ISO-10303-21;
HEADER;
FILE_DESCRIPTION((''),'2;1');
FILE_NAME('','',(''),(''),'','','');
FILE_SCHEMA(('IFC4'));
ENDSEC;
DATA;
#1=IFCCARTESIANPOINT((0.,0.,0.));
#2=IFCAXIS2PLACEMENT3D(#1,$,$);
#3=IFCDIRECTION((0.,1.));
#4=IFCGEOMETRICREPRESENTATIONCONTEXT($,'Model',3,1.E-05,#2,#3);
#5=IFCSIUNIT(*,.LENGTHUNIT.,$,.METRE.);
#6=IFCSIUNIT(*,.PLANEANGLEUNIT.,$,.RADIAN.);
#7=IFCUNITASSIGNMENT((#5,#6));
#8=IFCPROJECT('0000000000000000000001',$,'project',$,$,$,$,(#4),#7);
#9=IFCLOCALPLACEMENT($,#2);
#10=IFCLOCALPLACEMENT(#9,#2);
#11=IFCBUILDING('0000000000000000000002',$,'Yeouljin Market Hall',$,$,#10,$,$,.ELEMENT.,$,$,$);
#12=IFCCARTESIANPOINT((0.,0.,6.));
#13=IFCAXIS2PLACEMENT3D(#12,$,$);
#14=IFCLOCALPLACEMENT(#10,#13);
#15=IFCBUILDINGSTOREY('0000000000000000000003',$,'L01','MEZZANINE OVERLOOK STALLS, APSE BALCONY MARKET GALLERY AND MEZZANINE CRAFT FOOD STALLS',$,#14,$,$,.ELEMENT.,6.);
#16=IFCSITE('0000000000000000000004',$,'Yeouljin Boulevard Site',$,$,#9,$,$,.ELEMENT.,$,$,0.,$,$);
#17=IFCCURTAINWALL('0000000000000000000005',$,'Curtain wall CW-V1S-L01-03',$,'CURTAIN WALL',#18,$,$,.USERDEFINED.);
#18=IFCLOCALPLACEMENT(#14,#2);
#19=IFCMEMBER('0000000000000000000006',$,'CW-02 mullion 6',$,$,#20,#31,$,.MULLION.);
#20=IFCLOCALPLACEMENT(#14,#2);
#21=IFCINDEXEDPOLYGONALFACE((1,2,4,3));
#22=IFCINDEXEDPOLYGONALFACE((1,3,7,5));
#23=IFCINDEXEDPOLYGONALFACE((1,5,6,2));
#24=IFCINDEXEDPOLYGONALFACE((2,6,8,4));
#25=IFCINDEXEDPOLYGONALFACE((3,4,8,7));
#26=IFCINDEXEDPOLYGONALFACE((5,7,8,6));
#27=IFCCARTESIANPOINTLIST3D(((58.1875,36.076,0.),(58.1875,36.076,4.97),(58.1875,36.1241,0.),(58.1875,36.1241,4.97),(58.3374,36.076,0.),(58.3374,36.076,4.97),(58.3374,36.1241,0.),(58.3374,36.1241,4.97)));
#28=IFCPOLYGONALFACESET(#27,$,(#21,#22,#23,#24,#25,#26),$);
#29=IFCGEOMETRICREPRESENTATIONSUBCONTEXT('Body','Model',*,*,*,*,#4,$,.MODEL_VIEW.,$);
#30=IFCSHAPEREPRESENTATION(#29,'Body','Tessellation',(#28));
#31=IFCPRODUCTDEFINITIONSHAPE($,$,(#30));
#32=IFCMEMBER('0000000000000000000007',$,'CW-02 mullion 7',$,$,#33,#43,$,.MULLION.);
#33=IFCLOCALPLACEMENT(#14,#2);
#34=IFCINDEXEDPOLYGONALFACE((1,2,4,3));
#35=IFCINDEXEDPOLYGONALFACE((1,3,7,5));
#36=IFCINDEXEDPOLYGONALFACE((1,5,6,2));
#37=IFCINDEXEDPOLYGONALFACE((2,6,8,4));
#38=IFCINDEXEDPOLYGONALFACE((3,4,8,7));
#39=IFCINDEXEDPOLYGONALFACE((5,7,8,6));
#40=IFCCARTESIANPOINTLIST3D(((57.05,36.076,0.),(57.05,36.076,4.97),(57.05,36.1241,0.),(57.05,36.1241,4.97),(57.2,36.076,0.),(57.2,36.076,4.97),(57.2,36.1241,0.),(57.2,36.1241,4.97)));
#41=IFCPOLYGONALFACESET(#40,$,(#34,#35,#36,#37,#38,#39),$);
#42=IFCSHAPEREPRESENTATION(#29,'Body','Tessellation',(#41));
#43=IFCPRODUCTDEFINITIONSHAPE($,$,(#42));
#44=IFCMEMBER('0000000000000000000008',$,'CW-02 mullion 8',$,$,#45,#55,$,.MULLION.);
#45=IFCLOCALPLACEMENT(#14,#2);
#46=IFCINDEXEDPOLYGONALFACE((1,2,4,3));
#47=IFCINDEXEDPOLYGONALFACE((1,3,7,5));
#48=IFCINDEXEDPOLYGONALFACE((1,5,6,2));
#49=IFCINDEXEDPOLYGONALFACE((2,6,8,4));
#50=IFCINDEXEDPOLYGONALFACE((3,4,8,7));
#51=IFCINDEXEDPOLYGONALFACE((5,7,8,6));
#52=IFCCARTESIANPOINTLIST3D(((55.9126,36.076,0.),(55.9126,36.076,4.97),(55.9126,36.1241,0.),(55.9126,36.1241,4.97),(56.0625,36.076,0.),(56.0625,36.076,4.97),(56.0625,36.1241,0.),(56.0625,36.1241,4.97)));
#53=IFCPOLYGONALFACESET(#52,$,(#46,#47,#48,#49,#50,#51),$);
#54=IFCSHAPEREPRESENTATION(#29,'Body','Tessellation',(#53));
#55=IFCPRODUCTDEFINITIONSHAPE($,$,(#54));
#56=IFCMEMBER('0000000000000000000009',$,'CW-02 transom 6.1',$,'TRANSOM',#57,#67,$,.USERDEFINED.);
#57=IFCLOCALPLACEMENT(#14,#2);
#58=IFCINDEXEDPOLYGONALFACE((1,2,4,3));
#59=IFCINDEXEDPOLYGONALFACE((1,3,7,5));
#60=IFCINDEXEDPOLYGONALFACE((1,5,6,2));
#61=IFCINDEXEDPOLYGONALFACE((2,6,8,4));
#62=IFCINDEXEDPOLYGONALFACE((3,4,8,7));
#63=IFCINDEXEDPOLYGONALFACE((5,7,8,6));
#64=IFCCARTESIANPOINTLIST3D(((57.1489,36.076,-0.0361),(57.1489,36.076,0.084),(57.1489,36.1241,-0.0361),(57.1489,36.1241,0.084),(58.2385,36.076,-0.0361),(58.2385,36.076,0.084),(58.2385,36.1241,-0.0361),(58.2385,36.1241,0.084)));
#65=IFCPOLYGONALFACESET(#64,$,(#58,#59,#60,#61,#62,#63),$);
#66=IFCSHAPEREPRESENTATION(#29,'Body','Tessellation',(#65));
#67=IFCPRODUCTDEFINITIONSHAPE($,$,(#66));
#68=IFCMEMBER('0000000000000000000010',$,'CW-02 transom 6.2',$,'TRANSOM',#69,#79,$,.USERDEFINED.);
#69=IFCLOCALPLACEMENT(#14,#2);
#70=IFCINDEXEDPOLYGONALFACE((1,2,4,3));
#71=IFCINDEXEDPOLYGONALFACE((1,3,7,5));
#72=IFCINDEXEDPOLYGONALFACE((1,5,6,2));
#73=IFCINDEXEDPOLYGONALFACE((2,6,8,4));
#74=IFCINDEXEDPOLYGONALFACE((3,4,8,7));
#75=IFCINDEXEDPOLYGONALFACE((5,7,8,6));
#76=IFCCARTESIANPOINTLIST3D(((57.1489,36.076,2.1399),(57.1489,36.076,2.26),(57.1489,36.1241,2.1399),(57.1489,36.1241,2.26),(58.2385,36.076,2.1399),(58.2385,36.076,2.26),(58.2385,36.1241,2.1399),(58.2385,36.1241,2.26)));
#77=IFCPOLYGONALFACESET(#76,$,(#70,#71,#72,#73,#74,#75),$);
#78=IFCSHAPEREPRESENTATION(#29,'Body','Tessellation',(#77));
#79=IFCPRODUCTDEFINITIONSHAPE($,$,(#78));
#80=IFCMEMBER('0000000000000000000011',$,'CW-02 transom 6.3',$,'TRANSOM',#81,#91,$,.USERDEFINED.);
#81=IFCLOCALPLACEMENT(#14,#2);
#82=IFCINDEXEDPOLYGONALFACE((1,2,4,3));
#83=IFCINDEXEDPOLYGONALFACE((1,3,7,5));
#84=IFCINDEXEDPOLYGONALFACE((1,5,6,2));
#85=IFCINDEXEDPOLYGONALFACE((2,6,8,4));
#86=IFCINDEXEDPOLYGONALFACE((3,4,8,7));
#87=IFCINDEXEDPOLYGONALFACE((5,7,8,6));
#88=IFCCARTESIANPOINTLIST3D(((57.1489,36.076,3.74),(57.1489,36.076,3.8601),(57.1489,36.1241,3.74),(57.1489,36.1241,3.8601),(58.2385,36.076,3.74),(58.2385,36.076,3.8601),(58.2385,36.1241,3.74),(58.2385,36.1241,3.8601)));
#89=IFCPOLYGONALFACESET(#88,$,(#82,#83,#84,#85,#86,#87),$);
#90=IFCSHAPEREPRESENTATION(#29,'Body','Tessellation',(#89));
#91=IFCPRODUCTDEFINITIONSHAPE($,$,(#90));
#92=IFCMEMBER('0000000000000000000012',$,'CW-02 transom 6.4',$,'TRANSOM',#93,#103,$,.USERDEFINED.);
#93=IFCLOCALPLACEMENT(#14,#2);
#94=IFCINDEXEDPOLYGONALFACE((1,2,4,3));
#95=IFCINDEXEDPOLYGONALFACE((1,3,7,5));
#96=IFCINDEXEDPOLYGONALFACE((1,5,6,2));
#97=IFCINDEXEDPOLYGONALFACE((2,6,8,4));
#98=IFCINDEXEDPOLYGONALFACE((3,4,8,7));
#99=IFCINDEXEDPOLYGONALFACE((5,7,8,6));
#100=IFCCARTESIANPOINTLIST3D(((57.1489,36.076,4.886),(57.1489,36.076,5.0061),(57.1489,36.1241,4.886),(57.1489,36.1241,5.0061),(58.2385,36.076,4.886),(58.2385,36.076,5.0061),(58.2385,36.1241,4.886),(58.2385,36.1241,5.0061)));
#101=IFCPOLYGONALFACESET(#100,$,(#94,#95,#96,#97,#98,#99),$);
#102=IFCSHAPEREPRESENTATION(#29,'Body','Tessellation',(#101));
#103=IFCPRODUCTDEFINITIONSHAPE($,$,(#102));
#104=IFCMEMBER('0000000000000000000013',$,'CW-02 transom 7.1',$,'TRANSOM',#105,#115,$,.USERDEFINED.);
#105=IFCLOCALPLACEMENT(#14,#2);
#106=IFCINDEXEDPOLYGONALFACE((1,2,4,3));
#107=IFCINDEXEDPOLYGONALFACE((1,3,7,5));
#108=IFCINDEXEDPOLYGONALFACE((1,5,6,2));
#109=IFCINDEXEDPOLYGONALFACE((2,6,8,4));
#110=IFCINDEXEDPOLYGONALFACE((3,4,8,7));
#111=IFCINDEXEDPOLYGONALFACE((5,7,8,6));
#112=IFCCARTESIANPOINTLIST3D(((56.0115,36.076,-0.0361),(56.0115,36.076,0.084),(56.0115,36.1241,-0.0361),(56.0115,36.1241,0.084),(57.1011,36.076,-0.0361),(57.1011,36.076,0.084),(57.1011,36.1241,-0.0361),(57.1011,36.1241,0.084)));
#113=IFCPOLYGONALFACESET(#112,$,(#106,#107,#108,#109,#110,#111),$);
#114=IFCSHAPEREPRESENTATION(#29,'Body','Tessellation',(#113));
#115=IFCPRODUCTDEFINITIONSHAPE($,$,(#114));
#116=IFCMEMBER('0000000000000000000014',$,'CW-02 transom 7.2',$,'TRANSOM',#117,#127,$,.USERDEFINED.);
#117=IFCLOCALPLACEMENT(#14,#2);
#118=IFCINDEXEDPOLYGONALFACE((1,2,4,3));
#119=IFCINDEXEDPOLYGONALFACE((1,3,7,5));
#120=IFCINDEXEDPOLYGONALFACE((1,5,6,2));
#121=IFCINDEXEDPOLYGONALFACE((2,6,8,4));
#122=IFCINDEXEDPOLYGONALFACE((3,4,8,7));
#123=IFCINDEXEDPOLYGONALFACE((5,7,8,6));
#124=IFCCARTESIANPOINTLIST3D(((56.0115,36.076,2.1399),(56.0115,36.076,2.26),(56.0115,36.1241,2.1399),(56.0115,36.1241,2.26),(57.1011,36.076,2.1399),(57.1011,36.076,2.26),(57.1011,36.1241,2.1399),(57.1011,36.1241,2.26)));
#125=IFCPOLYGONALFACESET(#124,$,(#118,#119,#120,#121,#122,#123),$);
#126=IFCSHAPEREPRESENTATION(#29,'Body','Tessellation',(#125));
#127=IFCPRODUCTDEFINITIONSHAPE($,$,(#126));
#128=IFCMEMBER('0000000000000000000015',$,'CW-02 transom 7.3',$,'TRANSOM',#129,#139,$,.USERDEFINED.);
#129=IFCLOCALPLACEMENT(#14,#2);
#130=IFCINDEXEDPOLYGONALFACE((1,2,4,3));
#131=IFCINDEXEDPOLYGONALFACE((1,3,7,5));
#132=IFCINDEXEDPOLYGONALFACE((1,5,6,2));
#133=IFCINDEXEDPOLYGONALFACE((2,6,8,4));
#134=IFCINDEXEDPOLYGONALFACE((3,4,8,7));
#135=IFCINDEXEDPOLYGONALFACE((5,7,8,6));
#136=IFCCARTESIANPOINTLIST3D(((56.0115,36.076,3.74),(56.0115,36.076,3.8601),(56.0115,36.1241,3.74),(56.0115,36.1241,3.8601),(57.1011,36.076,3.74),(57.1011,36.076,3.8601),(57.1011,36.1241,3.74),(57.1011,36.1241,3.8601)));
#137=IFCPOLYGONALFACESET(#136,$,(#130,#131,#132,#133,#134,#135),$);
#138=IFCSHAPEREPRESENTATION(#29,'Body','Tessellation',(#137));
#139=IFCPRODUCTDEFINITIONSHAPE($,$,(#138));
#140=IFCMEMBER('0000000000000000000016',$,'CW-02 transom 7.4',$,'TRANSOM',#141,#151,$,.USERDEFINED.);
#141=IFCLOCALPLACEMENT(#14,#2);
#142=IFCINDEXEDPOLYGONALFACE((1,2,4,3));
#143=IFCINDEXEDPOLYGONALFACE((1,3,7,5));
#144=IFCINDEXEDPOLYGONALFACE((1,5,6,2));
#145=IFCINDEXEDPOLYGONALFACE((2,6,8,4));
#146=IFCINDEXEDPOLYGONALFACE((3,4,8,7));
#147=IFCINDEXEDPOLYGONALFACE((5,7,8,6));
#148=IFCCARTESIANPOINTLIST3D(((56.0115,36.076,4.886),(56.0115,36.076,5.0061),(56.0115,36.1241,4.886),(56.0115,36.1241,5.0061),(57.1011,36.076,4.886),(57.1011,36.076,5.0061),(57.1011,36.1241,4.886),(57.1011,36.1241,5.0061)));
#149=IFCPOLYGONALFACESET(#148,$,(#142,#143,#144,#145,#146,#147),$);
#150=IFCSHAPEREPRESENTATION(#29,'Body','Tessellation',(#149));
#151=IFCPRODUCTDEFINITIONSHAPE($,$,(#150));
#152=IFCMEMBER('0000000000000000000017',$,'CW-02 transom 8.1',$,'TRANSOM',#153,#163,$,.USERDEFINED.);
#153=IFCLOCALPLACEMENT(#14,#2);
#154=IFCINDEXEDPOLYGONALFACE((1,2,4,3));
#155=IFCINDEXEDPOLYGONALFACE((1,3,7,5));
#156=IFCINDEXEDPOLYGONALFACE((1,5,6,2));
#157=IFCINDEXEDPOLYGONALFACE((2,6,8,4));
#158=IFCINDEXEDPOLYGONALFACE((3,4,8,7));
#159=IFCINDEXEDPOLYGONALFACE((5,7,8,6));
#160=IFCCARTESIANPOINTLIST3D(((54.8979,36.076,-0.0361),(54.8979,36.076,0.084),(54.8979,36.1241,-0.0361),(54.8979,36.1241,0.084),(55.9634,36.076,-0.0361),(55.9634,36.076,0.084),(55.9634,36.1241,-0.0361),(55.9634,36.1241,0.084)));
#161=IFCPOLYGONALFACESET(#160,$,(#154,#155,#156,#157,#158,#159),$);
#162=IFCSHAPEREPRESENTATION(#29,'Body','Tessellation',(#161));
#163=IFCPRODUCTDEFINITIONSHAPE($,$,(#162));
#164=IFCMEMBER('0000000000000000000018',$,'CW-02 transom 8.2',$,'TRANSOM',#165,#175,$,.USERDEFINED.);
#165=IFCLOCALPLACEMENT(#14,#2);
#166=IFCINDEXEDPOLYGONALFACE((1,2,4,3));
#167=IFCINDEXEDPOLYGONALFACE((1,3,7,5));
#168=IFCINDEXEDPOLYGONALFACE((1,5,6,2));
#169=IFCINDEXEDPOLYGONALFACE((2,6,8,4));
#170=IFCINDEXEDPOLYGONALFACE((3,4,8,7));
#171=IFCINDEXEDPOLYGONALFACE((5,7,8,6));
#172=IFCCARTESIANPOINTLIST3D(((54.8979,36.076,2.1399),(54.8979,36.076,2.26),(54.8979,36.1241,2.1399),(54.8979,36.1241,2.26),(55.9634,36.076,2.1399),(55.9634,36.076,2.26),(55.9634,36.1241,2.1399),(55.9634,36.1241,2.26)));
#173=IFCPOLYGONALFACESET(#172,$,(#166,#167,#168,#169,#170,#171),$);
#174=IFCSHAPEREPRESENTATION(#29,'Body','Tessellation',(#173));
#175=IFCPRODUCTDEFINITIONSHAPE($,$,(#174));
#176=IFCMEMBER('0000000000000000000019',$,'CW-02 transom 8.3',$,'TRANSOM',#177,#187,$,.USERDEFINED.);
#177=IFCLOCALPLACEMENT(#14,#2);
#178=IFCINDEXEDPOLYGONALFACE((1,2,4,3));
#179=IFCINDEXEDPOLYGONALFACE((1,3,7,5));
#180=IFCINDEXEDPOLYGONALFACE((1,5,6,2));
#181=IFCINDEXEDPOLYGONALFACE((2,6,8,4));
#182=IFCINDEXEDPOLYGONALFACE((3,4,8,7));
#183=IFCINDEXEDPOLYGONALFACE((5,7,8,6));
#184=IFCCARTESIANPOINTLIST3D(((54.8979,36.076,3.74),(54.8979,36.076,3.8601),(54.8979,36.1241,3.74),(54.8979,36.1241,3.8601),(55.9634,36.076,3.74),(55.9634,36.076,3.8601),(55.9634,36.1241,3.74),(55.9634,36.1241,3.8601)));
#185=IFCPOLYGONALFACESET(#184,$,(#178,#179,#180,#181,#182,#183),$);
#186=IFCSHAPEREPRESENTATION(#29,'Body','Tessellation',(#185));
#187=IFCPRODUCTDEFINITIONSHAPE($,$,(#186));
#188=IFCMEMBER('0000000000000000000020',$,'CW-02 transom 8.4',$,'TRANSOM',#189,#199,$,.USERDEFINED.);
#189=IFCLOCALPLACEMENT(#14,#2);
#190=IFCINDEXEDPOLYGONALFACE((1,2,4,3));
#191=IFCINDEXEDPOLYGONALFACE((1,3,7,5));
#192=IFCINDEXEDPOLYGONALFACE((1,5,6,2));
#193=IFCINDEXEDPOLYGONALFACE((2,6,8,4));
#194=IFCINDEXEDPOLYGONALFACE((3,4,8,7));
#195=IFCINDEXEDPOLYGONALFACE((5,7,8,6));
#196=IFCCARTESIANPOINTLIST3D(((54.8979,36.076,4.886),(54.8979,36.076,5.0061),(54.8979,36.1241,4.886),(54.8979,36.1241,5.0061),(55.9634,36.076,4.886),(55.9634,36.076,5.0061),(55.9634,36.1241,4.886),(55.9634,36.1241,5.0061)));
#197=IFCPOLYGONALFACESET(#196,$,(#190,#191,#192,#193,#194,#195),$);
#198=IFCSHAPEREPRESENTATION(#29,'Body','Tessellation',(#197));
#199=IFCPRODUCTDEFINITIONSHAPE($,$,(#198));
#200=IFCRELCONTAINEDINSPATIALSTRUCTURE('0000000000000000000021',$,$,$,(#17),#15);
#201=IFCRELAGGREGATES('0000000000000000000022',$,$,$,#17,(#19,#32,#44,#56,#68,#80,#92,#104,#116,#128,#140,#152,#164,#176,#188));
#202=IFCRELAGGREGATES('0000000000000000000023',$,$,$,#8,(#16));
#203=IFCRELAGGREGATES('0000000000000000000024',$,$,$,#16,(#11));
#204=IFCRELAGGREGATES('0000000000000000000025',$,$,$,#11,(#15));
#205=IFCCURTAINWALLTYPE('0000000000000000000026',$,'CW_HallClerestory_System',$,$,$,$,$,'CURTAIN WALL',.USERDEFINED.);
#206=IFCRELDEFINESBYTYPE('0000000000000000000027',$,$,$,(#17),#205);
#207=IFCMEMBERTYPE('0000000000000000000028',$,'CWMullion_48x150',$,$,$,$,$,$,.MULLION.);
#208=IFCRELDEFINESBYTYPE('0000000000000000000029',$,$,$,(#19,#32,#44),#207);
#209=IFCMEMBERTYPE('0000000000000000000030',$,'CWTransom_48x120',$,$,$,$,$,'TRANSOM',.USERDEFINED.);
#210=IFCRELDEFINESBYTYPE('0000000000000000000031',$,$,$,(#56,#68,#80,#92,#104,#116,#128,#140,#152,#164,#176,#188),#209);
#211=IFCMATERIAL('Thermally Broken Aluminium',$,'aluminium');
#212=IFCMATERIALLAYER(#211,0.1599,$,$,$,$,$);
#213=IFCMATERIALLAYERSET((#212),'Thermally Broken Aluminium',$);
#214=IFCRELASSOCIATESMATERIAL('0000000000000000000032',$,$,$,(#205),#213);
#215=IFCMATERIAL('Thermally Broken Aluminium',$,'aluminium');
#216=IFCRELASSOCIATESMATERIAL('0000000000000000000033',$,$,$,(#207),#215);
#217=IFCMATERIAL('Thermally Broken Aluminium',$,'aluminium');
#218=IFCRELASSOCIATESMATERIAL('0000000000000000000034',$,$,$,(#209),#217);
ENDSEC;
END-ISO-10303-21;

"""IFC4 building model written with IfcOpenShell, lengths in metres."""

from ifc_helpers import new_model, si_unit, direction, frame, origin, origin_2d, place, context, subcontext, project, spatial, rectangle, extrude, material, layer, layer_set, material_profile, profile_set, type_object, element, aggregate, save


model = new_model("IFC4")

# Units and contexts
model_context = context("Model", 3, precision=1e-05, world=origin(), true_north=direction((0.0, 1.0)))
body_context = subcontext(model_context, "Body", "Model", "MODEL_VIEW")
ifc_project = project(units=[si_unit("LENGTHUNIT", "METRE"), si_unit("PLANEANGLEUNIT", "RADIAN")], contexts=[model_context])

# Site, building, storey
site_placement = place(None, origin())
site = spatial("IfcSite", under=ifc_project, at=site_placement, Name="Yeouljin Boulevard Site", CompositionType="ELEMENT", RefElevation=0.0)
building_placement = place(site_placement, origin())
building = spatial("IfcBuilding", under=site, at=building_placement, Name="Yeouljin Market Hall", CompositionType="ELEMENT")
storey_placement = place(building_placement, frame((0.0, 0.0, 6.0)))
storey = spatial("IfcBuildingStorey", under=building, at=storey_placement, Name="L01", Description="MEZZANINE OVERLOOK STALLS, APSE BALCONY MARKET GALLERY AND MEZZANINE CRAFT FOOD STALLS", CompositionType="ELEMENT", Elevation=6.0)

# Curtain wall, members
ifc_material_1 = material(Name="Thermally Broken Aluminium", Category="aluminium")
ifc_layer_1 = layer(ifc_material_1, 0.1599)
ifc_layer_set_1 = layer_set([ifc_layer_1], Name="Thermally Broken Aluminium")
curtain_wall_type = type_object("IfcCurtainWallType", Name="CW_HallClerestory_System", ElementType="CURTAIN WALL", PredefinedType="USERDEFINED", material=ifc_layer_set_1)
curtain_wall_placement = place(storey_placement, origin())
curtain_wall = element("IfcCurtainWall", 1, at=curtain_wall_placement, inside=storey, type_object=curtain_wall_type, Name="Curtain wall CW-V1S-L01-03", ObjectType="CURTAIN WALL", PredefinedType="USERDEFINED")
ifc_material_2 = material(Name="Thermally Broken Aluminium", Category="aluminium")
ifc_material_profile_1 = material_profile(ifc_material_2, rectangle(XDim=0.0481, YDim=0.1499, at=origin_2d()), Name="CW-MULL-48x150")
ifc_profile_set_1 = profile_set([ifc_material_profile_1], Name="Thermally Broken Aluminium")
member_type_1 = type_object("IfcMemberType", Name="CWMullion_48x150", PredefinedType="MULLION", material=ifc_profile_set_1)
member_1_placement = place(storey_placement, frame((58.2625, 36.1001, 0.0), z_axis=(0.0, 0.0, 1.0), x_axis=(0.0, -1.0, 0.0)))
member_1 = element("IfcMember", 2, at=member_1_placement, type_object=member_type_1, Name="CW-02 mullion 6", PredefinedType="MULLION", context=body_context, shape_type="SweptSolid", body=[
    extrude(rectangle(XDim=0.0481, YDim=0.1499, at=origin_2d()), origin(), (0.0, 0.0, 1.0), 4.97),
])
member_2_placement = place(storey_placement, frame((57.125, 36.1001, 0.0), z_axis=(0.0, 0.0, 1.0), x_axis=(0.0, -1.0, 0.0)))
member_2 = element("IfcMember", 3, at=member_2_placement, type_object=member_type_1, Name="CW-02 mullion 7", PredefinedType="MULLION", context=body_context, shape_type="SweptSolid", body=[
    extrude(rectangle(XDim=0.0481, YDim=0.1499, at=origin_2d()), origin(), (0.0, 0.0, 1.0), 4.97),
])
member_3_placement = place(storey_placement, frame((55.9875, 36.1001, 0.0), z_axis=(0.0, 0.0, 1.0), x_axis=(0.0, -1.0, 0.0)))
member_3 = element("IfcMember", 4, at=member_3_placement, type_object=member_type_1, Name="CW-02 mullion 8", PredefinedType="MULLION", context=body_context, shape_type="SweptSolid", body=[
    extrude(rectangle(XDim=0.0481, YDim=0.1499, at=origin_2d()), origin(), (0.0, 0.0, 1.0), 4.97),
])
ifc_material_3 = material(Name="Thermally Broken Aluminium", Category="aluminium")
ifc_material_profile_2 = material_profile(ifc_material_3, rectangle(XDim=0.0481, YDim=0.1201, at=origin_2d()), Name="CW-TRAN-48x120")
ifc_profile_set_2 = profile_set([ifc_material_profile_2], Name="Thermally Broken Aluminium")
member_type_2 = type_object("IfcMemberType", Name="CWTransom_48x120", ElementType="TRANSOM", PredefinedType="USERDEFINED", material=ifc_profile_set_2)
member_4_placement = place(storey_placement, frame((58.2385, 36.1001, 0.0239), z_axis=(-1.0, 0.0, 0.0), x_axis=(0.0, -1.0, 0.0)))
member_4 = element("IfcMember", 5, at=member_4_placement, type_object=member_type_2, Name="CW-02 transom 6.1", ObjectType="TRANSOM", PredefinedType="USERDEFINED", context=body_context, shape_type="SweptSolid", body=[
    extrude(rectangle(XDim=0.0481, YDim=0.1201, at=origin_2d()), origin(), (0.0, 0.0, 1.0), 1.0896),
])
member_5_placement = place(storey_placement, frame((58.2385, 36.1001, 2.2), z_axis=(-1.0, 0.0, 0.0), x_axis=(0.0, -1.0, 0.0)))
member_5 = element("IfcMember", 6, at=member_5_placement, type_object=member_type_2, Name="CW-02 transom 6.2", ObjectType="TRANSOM", PredefinedType="USERDEFINED", context=body_context, shape_type="SweptSolid", body=[
    extrude(rectangle(XDim=0.0481, YDim=0.1201, at=origin_2d()), origin(), (0.0, 0.0, 1.0), 1.0896),
])
member_6_placement = place(storey_placement, frame((58.2385, 36.1001, 3.8), z_axis=(-1.0, 0.0, 0.0), x_axis=(0.0, -1.0, 0.0)))
member_6 = element("IfcMember", 7, at=member_6_placement, type_object=member_type_2, Name="CW-02 transom 6.3", ObjectType="TRANSOM", PredefinedType="USERDEFINED", context=body_context, shape_type="SweptSolid", body=[
    extrude(rectangle(XDim=0.0481, YDim=0.1201, at=origin_2d()), origin(), (0.0, 0.0, 1.0), 1.0896),
])
member_7_placement = place(storey_placement, frame((58.2385, 36.1001, 4.946), z_axis=(-1.0, 0.0, 0.0), x_axis=(0.0, -1.0, 0.0)))
member_7 = element("IfcMember", 8, at=member_7_placement, type_object=member_type_2, Name="CW-02 transom 6.4", ObjectType="TRANSOM", PredefinedType="USERDEFINED", context=body_context, shape_type="SweptSolid", body=[
    extrude(rectangle(XDim=0.0481, YDim=0.1201, at=origin_2d()), origin(), (0.0, 0.0, 1.0), 1.0896),
])
member_8_placement = place(storey_placement, frame((57.1011, 36.1001, 0.0239), z_axis=(-1.0, 0.0, 0.0), x_axis=(0.0, -1.0, 0.0)))
member_8 = element("IfcMember", 9, at=member_8_placement, type_object=member_type_2, Name="CW-02 transom 7.1", ObjectType="TRANSOM", PredefinedType="USERDEFINED", context=body_context, shape_type="SweptSolid", body=[
    extrude(rectangle(XDim=0.0481, YDim=0.1201, at=origin_2d()), origin(), (0.0, 0.0, 1.0), 1.0896),
])
member_9_placement = place(storey_placement, frame((57.1011, 36.1001, 2.2), z_axis=(-1.0, 0.0, 0.0), x_axis=(0.0, -1.0, 0.0)))
member_9 = element("IfcMember", 10, at=member_9_placement, type_object=member_type_2, Name="CW-02 transom 7.2", ObjectType="TRANSOM", PredefinedType="USERDEFINED", context=body_context, shape_type="SweptSolid", body=[
    extrude(rectangle(XDim=0.0481, YDim=0.1201, at=origin_2d()), origin(), (0.0, 0.0, 1.0), 1.0896),
])
member_10_placement = place(storey_placement, frame((57.1011, 36.1001, 3.8), z_axis=(-1.0, 0.0, 0.0), x_axis=(0.0, -1.0, 0.0)))
member_10 = element("IfcMember", 11, at=member_10_placement, type_object=member_type_2, Name="CW-02 transom 7.3", ObjectType="TRANSOM", PredefinedType="USERDEFINED", context=body_context, shape_type="SweptSolid", body=[
    extrude(rectangle(XDim=0.0481, YDim=0.1201, at=origin_2d()), origin(), (0.0, 0.0, 1.0), 1.0896),
])
member_11_placement = place(storey_placement, frame((57.1011, 36.1001, 4.946), z_axis=(-1.0, 0.0, 0.0), x_axis=(0.0, -1.0, 0.0)))
member_11 = element("IfcMember", 12, at=member_11_placement, type_object=member_type_2, Name="CW-02 transom 7.4", ObjectType="TRANSOM", PredefinedType="USERDEFINED", context=body_context, shape_type="SweptSolid", body=[
    extrude(rectangle(XDim=0.0481, YDim=0.1201, at=origin_2d()), origin(), (0.0, 0.0, 1.0), 1.0896),
])
member_12_placement = place(storey_placement, frame((55.9634, 36.1001, 0.0239), z_axis=(-1.0, 0.0, 0.0), x_axis=(0.0, -1.0, 0.0)))
member_12 = element("IfcMember", 13, at=member_12_placement, type_object=member_type_2, Name="CW-02 transom 8.1", ObjectType="TRANSOM", PredefinedType="USERDEFINED", context=body_context, shape_type="SweptSolid", body=[
    extrude(rectangle(XDim=0.0481, YDim=0.1201, at=origin_2d()), origin(), (0.0, 0.0, 1.0), 1.0654),
])
member_13_placement = place(storey_placement, frame((55.9634, 36.1001, 2.2), z_axis=(-1.0, 0.0, 0.0), x_axis=(0.0, -1.0, 0.0)))
member_13 = element("IfcMember", 14, at=member_13_placement, type_object=member_type_2, Name="CW-02 transom 8.2", ObjectType="TRANSOM", PredefinedType="USERDEFINED", context=body_context, shape_type="SweptSolid", body=[
    extrude(rectangle(XDim=0.0481, YDim=0.1201, at=origin_2d()), origin(), (0.0, 0.0, 1.0), 1.0654),
])
member_14_placement = place(storey_placement, frame((55.9634, 36.1001, 3.8), z_axis=(-1.0, 0.0, 0.0), x_axis=(0.0, -1.0, 0.0)))
member_14 = element("IfcMember", 15, at=member_14_placement, type_object=member_type_2, Name="CW-02 transom 8.3", ObjectType="TRANSOM", PredefinedType="USERDEFINED", context=body_context, shape_type="SweptSolid", body=[
    extrude(rectangle(XDim=0.0481, YDim=0.1201, at=origin_2d()), origin(), (0.0, 0.0, 1.0), 1.0654),
])
member_15_placement = place(storey_placement, frame((55.9634, 36.1001, 4.946), z_axis=(-1.0, 0.0, 0.0), x_axis=(0.0, -1.0, 0.0)))
member_15 = element("IfcMember", 16, at=member_15_placement, type_object=member_type_2, Name="CW-02 transom 8.4", ObjectType="TRANSOM", PredefinedType="USERDEFINED", context=body_context, shape_type="SweptSolid", body=[
    extrude(rectangle(XDim=0.0481, YDim=0.1201, at=origin_2d()), origin(), (0.0, 0.0, 1.0), 1.0654),
])
aggregate(curtain_wall, [member_1, member_2, member_3, member_4, member_5, member_6, member_7, member_8, member_9, member_10, member_11, member_12, member_13, member_14, member_15])

save(model, "model.ifc")
